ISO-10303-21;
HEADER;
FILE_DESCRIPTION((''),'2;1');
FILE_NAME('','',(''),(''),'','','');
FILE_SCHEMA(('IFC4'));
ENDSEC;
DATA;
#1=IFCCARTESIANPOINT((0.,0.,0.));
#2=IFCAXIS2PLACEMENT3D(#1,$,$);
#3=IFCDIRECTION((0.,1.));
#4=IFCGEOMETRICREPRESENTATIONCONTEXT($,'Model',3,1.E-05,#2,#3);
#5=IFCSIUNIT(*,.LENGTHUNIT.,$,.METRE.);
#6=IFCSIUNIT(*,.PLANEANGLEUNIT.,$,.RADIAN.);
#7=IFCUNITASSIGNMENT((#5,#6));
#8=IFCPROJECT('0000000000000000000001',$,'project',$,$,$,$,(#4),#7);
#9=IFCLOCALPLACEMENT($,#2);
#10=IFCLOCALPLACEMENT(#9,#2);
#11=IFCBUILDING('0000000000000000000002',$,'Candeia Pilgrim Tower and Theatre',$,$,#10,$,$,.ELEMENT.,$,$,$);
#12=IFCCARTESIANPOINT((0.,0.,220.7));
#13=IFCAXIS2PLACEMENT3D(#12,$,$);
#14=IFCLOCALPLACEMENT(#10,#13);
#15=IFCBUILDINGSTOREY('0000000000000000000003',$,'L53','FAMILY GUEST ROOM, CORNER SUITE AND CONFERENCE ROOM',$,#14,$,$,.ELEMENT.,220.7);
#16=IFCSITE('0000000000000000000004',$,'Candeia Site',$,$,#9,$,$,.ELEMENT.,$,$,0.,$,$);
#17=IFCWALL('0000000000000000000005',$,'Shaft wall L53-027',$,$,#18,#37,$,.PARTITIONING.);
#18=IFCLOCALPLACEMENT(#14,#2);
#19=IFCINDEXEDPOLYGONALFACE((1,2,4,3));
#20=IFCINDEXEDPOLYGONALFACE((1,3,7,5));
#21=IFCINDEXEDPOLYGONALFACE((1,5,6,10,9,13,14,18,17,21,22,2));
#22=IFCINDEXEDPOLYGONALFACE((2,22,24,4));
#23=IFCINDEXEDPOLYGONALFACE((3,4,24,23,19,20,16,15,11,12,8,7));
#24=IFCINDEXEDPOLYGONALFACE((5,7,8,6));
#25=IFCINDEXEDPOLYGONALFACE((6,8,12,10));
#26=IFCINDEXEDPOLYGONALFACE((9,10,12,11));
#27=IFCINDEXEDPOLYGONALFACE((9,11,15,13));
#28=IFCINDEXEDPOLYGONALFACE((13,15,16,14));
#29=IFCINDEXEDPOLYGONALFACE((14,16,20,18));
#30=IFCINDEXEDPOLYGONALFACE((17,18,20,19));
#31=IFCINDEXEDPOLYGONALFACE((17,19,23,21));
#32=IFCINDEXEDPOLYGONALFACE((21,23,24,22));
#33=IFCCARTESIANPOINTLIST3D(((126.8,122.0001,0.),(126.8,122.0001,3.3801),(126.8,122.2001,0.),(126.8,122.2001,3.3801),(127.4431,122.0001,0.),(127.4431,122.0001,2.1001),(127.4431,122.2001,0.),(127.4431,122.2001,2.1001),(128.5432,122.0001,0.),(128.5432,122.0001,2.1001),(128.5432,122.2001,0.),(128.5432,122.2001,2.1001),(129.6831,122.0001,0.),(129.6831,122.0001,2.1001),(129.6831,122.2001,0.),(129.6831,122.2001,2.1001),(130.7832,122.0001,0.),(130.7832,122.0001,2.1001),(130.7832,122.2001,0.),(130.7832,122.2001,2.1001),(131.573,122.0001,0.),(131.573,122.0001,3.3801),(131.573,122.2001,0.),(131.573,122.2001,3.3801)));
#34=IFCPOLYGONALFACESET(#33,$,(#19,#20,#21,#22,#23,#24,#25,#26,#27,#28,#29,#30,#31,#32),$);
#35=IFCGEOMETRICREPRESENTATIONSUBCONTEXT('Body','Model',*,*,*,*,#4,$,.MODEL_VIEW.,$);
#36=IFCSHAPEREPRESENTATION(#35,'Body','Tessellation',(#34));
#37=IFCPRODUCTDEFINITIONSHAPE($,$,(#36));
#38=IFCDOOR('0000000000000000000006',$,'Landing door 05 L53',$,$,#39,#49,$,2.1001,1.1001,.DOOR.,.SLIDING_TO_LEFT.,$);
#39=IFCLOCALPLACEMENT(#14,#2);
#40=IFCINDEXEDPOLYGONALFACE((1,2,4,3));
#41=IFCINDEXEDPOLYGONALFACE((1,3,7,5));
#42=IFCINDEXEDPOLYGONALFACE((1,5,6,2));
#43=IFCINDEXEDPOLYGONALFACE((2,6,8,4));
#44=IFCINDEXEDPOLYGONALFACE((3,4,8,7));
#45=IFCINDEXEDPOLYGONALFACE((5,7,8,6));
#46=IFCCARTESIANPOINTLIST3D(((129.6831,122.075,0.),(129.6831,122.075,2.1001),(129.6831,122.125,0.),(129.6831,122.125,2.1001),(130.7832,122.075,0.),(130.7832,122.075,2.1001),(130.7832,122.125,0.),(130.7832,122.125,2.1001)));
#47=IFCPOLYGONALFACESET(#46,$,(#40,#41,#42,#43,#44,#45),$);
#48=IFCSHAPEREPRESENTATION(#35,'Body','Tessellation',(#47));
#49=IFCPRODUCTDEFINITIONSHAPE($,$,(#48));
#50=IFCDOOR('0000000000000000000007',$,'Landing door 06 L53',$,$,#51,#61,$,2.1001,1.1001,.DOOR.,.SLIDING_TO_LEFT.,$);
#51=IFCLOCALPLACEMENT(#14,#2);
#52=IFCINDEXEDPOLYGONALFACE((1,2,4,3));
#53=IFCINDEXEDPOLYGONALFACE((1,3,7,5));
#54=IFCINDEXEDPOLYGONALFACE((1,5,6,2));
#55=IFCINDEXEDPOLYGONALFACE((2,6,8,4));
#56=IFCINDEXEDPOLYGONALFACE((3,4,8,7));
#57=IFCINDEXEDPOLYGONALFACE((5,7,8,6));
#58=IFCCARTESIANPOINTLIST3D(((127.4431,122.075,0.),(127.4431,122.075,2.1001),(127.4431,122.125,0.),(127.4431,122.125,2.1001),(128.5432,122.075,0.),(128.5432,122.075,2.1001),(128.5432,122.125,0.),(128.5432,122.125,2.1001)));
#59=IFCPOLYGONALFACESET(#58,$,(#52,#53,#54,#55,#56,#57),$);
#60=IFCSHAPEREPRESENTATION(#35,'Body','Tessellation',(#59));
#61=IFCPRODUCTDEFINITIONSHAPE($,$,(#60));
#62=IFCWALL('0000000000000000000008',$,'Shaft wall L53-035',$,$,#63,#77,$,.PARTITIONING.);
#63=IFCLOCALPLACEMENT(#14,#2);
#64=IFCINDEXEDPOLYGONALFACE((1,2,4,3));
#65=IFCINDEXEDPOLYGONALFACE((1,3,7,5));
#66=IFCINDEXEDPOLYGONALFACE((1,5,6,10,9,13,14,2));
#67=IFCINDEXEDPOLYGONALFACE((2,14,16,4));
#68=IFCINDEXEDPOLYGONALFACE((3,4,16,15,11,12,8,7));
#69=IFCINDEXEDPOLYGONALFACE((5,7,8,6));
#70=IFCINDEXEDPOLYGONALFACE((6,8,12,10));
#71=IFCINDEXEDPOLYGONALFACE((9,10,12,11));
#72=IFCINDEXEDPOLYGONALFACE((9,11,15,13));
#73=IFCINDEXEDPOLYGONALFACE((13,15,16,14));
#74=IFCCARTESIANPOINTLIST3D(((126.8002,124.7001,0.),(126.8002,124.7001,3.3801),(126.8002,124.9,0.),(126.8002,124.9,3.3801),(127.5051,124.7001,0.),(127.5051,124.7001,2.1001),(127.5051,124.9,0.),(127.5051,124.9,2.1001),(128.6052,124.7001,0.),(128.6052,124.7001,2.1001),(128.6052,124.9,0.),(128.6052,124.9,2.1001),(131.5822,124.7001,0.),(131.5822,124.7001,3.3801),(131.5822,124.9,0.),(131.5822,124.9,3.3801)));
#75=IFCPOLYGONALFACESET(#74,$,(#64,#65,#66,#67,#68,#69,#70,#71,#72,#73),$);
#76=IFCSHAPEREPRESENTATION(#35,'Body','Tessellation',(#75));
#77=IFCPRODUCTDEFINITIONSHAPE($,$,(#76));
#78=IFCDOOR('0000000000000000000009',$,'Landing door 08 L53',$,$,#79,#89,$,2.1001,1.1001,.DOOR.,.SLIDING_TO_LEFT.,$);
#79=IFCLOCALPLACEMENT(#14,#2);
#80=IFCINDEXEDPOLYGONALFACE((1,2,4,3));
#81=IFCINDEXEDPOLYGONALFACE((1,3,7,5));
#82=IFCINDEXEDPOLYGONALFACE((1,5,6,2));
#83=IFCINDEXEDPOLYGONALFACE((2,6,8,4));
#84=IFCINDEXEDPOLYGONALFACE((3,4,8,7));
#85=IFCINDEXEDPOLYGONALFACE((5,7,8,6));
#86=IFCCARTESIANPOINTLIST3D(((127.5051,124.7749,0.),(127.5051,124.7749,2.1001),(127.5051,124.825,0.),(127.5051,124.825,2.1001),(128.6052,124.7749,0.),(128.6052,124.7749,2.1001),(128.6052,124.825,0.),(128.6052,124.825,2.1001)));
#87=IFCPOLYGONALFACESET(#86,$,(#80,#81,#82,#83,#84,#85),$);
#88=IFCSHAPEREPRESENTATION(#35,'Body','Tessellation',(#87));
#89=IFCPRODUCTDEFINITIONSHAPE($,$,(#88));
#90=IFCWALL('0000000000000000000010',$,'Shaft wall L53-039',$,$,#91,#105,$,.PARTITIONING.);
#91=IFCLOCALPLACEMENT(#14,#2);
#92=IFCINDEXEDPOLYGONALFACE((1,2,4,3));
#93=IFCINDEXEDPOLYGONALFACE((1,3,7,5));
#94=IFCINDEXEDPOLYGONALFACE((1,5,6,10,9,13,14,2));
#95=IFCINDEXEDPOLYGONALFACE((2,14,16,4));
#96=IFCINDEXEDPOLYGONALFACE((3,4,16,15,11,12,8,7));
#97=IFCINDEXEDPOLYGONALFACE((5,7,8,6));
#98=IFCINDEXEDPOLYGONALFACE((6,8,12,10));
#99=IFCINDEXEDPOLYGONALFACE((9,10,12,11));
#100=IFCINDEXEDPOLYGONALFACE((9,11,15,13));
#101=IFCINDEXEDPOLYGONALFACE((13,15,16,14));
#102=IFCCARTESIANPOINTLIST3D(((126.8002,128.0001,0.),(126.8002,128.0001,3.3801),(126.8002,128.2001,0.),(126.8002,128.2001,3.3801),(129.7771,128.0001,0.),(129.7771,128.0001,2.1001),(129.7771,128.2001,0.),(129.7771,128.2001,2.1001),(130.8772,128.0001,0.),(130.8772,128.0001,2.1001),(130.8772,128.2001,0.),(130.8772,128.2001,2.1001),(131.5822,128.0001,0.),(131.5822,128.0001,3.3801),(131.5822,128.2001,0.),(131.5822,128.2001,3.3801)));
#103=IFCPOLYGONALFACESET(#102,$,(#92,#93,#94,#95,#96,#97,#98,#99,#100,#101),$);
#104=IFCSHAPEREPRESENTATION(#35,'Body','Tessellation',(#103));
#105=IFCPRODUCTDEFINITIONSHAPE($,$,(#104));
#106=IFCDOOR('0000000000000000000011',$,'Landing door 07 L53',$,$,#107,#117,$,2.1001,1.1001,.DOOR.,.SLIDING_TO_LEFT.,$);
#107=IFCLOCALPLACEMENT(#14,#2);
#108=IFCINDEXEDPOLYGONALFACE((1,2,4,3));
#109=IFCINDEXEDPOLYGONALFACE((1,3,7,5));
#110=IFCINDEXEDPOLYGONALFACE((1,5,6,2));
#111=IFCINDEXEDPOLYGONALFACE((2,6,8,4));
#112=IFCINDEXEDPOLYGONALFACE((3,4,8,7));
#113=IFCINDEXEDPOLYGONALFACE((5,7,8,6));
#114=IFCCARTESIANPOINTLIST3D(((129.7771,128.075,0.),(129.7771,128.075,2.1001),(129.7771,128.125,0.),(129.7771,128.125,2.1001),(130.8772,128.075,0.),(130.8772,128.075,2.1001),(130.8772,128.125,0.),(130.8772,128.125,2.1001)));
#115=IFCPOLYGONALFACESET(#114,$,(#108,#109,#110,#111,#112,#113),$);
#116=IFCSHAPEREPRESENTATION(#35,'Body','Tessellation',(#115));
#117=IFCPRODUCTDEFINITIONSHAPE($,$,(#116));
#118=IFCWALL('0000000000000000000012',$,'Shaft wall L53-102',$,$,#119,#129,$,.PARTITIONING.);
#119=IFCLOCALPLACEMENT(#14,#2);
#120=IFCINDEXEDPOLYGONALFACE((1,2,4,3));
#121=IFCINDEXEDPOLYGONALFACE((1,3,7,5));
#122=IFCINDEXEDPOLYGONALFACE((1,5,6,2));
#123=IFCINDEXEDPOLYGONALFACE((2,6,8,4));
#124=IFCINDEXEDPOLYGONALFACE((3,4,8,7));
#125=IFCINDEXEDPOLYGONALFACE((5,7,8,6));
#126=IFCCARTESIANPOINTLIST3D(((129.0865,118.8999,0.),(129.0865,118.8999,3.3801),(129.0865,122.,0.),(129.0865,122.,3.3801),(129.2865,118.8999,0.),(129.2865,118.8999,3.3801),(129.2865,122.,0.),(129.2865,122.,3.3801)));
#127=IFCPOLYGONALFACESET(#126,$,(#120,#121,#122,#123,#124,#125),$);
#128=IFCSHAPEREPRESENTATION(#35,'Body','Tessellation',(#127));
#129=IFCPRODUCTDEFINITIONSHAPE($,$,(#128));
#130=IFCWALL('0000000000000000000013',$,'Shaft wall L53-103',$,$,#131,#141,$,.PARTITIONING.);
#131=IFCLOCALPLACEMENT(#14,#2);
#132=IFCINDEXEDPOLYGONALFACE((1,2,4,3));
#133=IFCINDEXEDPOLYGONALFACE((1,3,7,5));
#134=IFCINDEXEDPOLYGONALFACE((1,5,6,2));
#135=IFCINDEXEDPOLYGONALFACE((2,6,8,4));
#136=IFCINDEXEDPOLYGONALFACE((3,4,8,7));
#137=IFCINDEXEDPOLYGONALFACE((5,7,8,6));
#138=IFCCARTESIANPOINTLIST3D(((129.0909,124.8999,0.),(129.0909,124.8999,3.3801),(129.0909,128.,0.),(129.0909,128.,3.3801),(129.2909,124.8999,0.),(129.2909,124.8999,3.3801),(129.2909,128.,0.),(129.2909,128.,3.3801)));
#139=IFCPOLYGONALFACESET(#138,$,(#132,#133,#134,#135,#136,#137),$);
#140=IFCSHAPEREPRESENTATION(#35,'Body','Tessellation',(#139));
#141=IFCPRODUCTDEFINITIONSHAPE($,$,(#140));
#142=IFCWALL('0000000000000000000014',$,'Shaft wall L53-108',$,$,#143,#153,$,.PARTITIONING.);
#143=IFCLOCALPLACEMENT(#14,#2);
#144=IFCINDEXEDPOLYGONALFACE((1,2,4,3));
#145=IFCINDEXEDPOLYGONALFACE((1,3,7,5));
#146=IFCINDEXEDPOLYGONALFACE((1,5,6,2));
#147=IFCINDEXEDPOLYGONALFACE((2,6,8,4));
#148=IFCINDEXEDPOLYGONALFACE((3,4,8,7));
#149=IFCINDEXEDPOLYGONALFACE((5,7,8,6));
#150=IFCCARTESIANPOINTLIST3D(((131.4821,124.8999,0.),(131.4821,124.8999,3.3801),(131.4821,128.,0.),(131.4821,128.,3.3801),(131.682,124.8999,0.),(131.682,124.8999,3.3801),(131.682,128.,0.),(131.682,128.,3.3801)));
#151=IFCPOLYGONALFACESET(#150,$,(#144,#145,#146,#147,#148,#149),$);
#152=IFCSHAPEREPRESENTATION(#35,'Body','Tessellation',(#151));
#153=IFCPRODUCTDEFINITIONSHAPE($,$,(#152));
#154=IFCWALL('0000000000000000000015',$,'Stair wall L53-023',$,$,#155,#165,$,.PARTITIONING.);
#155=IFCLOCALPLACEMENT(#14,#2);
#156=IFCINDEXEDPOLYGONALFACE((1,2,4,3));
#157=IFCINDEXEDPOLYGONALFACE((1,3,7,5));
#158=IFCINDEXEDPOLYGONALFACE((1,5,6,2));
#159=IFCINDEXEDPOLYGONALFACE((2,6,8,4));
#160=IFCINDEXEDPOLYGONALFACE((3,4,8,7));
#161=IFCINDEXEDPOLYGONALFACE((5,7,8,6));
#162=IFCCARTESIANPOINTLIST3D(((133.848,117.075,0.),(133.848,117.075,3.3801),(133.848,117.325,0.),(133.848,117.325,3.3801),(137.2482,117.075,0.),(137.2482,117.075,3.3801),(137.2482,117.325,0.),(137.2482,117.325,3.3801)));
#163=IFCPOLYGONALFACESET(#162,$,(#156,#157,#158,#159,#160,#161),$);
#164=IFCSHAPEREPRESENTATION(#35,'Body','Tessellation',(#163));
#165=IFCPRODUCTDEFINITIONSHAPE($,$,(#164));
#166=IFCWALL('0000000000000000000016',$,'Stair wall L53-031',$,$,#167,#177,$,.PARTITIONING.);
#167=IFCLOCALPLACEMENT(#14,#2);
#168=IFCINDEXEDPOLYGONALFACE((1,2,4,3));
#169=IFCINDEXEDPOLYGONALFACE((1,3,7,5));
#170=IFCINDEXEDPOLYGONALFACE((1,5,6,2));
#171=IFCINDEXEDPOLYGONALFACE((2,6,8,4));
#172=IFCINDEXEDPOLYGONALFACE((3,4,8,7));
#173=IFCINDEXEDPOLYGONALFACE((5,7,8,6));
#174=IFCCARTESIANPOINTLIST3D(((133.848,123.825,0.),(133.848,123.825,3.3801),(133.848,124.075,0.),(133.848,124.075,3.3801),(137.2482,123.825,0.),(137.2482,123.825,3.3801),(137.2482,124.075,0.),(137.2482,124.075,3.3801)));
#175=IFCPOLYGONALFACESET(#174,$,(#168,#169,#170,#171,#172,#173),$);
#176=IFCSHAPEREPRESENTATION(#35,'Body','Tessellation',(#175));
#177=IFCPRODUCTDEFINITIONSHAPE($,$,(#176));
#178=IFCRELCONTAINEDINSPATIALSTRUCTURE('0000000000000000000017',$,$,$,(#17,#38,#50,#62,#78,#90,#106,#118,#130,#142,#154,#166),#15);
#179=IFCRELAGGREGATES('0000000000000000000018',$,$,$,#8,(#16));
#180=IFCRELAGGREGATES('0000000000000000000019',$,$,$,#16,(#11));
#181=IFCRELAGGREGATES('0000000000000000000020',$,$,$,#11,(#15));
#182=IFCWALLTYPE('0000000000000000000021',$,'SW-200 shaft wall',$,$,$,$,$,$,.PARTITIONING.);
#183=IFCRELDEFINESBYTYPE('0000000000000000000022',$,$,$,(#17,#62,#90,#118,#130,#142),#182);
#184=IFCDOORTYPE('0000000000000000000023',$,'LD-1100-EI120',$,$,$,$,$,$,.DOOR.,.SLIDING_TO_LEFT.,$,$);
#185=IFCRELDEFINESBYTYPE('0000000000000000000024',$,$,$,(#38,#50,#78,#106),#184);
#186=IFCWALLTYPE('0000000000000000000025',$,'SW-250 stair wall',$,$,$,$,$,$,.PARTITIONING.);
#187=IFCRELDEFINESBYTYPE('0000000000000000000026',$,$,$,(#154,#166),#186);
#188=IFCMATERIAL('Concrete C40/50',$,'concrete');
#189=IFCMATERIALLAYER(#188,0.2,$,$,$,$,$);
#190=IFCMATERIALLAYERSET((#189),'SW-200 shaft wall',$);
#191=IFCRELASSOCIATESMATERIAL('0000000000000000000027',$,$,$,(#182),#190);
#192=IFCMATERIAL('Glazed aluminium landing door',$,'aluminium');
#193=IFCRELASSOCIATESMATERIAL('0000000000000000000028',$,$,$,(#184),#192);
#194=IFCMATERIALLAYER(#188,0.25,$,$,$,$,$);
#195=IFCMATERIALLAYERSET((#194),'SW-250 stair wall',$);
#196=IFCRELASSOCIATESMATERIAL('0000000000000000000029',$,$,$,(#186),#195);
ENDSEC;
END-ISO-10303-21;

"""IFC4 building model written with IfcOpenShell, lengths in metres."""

from ifc_helpers import new_model, si_unit, direction, frame, frame_2d, origin, place, context, subcontext, project, spatial, rectangle, extrude, material, layer, layer_set, type_object, element, fill, save


model = new_model("IFC4")

# Units and contexts
model_context = context("Model", 3, precision=1e-05, world=origin(), true_north=direction((0.0, 1.0)))
body_context = subcontext(model_context, "Body", "Model", "MODEL_VIEW")
ifc_project = project(units=[si_unit("LENGTHUNIT", "METRE"), si_unit("PLANEANGLEUNIT", "RADIAN")], contexts=[model_context])

# Site, building, storey
site_placement = place(None, origin())
site = spatial("IfcSite", under=ifc_project, at=site_placement, Name="Candeia Site", CompositionType="ELEMENT", RefElevation=0.0)
building_placement = place(site_placement, origin())
building = spatial("IfcBuilding", under=site, at=building_placement, Name="Candeia Pilgrim Tower and Theatre", CompositionType="ELEMENT")
storey_placement = place(building_placement, frame((0.0, 0.0, 220.7)))
storey = spatial("IfcBuildingStorey", under=building, at=storey_placement, Name="L53", Description="FAMILY GUEST ROOM, CORNER SUITE AND CONFERENCE ROOM", CompositionType="ELEMENT", Elevation=220.7)

# Shared definitions
ifc_material_1 = material(Name="Concrete C40/50", Category="concrete")
ifc_layer_1 = layer(ifc_material_1, 0.2)
ifc_layer_set_1 = layer_set([ifc_layer_1], Name="SW-200 shaft wall")
wall_type_1 = type_object("IfcWallType", Name="SW-200 shaft wall", PredefinedType="PARTITIONING", material=ifc_layer_set_1)

# Wall, openings, doors
wall_1_placement = place(storey_placement, frame((126.8, 122.1001, 0.0), z_axis=(0.0, 0.0, 1.0), x_axis=(1.0, 0.0, 0.0)))
wall_1 = element("IfcWall", 1, at=wall_1_placement, inside=storey, type_object=wall_type_1, Name="Shaft wall L53-027", PredefinedType="PARTITIONING", context=body_context, shape_type="SweptSolid", body=[
    extrude(rectangle(XDim=4.7729, YDim=0.2, at=frame_2d((2.3865, 0.0))), origin(), (0.0, 0.0, 1.0), 3.3801),
])
opening_1_placement = place(wall_1_placement, frame((2.8831, 0.0, 0.0)))
opening_1 = element("IfcOpeningElement", 2, at=opening_1_placement, cuts=wall_1, PredefinedType="OPENING", context=body_context, shape_type="SweptSolid", body=[
    extrude(rectangle(XDim=1.1001, YDim=2.1001, at=frame_2d((0.55, 1.05))), frame((0.0, 0.1099, 0.0), z_axis=(0.0, -1.0, 0.0), x_axis=(1.0, 0.0, 0.0)), (0.0, 0.0, 1.0), 0.22),
])
opening_2_placement = place(wall_1_placement, frame((0.6431, 0.0, 0.0)))
opening_2 = element("IfcOpeningElement", 3, at=opening_2_placement, cuts=wall_1, PredefinedType="OPENING", context=body_context, shape_type="SweptSolid", body=[
    extrude(rectangle(XDim=1.1001, YDim=2.1001, at=frame_2d((0.55, 1.05))), frame((0.0, 0.1099, 0.0), z_axis=(0.0, -1.0, 0.0), x_axis=(1.0, 0.0, 0.0)), (0.0, 0.0, 1.0), 0.22),
])
ifc_material_2 = material(Name="Glazed aluminium landing door", Category="aluminium")
door_type_1 = type_object("IfcDoorType", Name="LD-1100-EI120", OperationType="SLIDING_TO_LEFT", PredefinedType="DOOR", material=ifc_material_2)
door_1_placement = place(opening_1_placement, origin())
door_1 = element("IfcDoor", 4, at=door_1_placement, inside=storey, type_object=door_type_1, Name="Landing door 05 L53", OperationType="SLIDING_TO_LEFT", OverallHeight=2.1001, OverallWidth=1.1001, PredefinedType="DOOR", context=body_context, shape_type="SweptSolid", body=[
    extrude(rectangle(XDim=1.1001, YDim=2.1001, at=frame_2d((0.55, 1.05))), frame((0.0, 0.0249, 0.0), z_axis=(0.0, -1.0, 0.0), x_axis=(1.0, 0.0, 0.0)), (0.0, 0.0, 1.0), 0.05),
])
fill(opening_1, door_1)
door_2_placement = place(opening_2_placement, origin())
door_2 = element("IfcDoor", 5, at=door_2_placement, inside=storey, type_object=door_type_1, Name="Landing door 06 L53", OperationType="SLIDING_TO_LEFT", OverallHeight=2.1001, OverallWidth=1.1001, PredefinedType="DOOR", context=body_context, shape_type="SweptSolid", body=[
    extrude(rectangle(XDim=1.1001, YDim=2.1001, at=frame_2d((0.55, 1.05))), frame((0.0, 0.0249, 0.0), z_axis=(0.0, -1.0, 0.0), x_axis=(1.0, 0.0, 0.0)), (0.0, 0.0, 1.0), 0.05),
])
fill(opening_2, door_2)

# Walls, openings, doors
wall_2_placement = place(storey_placement, frame((126.8, 124.8, 0.0), z_axis=(0.0, 0.0, 1.0), x_axis=(1.0, 0.0, 0.0)))
wall_2 = element("IfcWall", 6, at=wall_2_placement, inside=storey, type_object=wall_type_1, Name="Shaft wall L53-035", PredefinedType="PARTITIONING", context=body_context, shape_type="SweptSolid", body=[
    extrude(rectangle(XDim=4.782, YDim=0.2, at=frame_2d((2.3911, 0.0))), origin(), (0.0, 0.0, 1.0), 3.3801),
])
opening_3_placement = place(wall_2_placement, frame((0.7051, 0.0, 0.0)))
opening_3 = element("IfcOpeningElement", 7, at=opening_3_placement, cuts=wall_2, PredefinedType="OPENING", context=body_context, shape_type="SweptSolid", body=[
    extrude(rectangle(XDim=1.1001, YDim=2.1001, at=frame_2d((0.55, 1.05))), frame((0.0, 0.1099, 0.0), z_axis=(0.0, -1.0, 0.0), x_axis=(1.0, 0.0, 0.0)), (0.0, 0.0, 1.0), 0.22),
])
door_3_placement = place(opening_3_placement, origin())
door_3 = element("IfcDoor", 8, at=door_3_placement, inside=storey, type_object=door_type_1, Name="Landing door 08 L53", OperationType="SLIDING_TO_LEFT", OverallHeight=2.1001, OverallWidth=1.1001, PredefinedType="DOOR", context=body_context, shape_type="SweptSolid", body=[
    extrude(rectangle(XDim=1.1001, YDim=2.1001, at=frame_2d((0.55, 1.05))), frame((0.0, 0.0249, 0.0), z_axis=(0.0, -1.0, 0.0), x_axis=(1.0, 0.0, 0.0)), (0.0, 0.0, 1.0), 0.05),
])
fill(opening_3, door_3)
wall_3_placement = place(storey_placement, frame((126.8, 128.1001, 0.0), z_axis=(0.0, 0.0, 1.0), x_axis=(1.0, 0.0, 0.0)))
wall_3 = element("IfcWall", 9, at=wall_3_placement, inside=storey, type_object=wall_type_1, Name="Shaft wall L53-039", PredefinedType="PARTITIONING", context=body_context, shape_type="SweptSolid", body=[
    extrude(rectangle(XDim=4.782, YDim=0.2, at=frame_2d((2.3911, 0.0))), origin(), (0.0, 0.0, 1.0), 3.3801),
])
opening_4_placement = place(wall_3_placement, frame((2.9771, 0.0, 0.0)))
opening_4 = element("IfcOpeningElement", 10, at=opening_4_placement, cuts=wall_3, PredefinedType="OPENING", context=body_context, shape_type="SweptSolid", body=[
    extrude(rectangle(XDim=1.1001, YDim=2.1001, at=frame_2d((0.55, 1.05))), frame((0.0, 0.1099, 0.0), z_axis=(0.0, -1.0, 0.0), x_axis=(1.0, 0.0, 0.0)), (0.0, 0.0, 1.0), 0.22),
])
door_4_placement = place(opening_4_placement, origin())
door_4 = element("IfcDoor", 11, at=door_4_placement, inside=storey, type_object=door_type_1, Name="Landing door 07 L53", OperationType="SLIDING_TO_LEFT", OverallHeight=2.1001, OverallWidth=1.1001, PredefinedType="DOOR", context=body_context, shape_type="SweptSolid", body=[
    extrude(rectangle(XDim=1.1001, YDim=2.1001, at=frame_2d((0.55, 1.05))), frame((0.0, 0.0249, 0.0), z_axis=(0.0, -1.0, 0.0), x_axis=(1.0, 0.0, 0.0)), (0.0, 0.0, 1.0), 0.05),
])
fill(opening_4, door_4)

# Walls
for number, where, z_axis, x_axis, name in (
    (12, (129.1865, 118.8999, 0.0), (0.0, 0.0, 1.0), (0.0, 1.0, 0.0), "Shaft wall L53-102"),
    (13, (129.1909, 124.8999, 0.0), (0.0, 0.0, 1.0), (0.0, 1.0, 0.0), "Shaft wall L53-103"),
    (14, (131.582, 124.8999, 0.0), (0.0, 0.0, 1.0), (0.0, 1.0, 0.0), "Shaft wall L53-108"),
):
    element("IfcWall", number, at=place(storey_placement, frame(where, z_axis=z_axis, x_axis=x_axis)), inside=storey, type_object=wall_type_1, Name=name, PredefinedType="PARTITIONING", context=body_context, shape_type="SweptSolid", body=[
        extrude(rectangle(XDim=3.1001, YDim=0.2, at=frame_2d((1.55, 0.0))), origin(), (0.0, 0.0, 1.0), 3.3801),
    ])
ifc_layer_2 = layer(ifc_material_1, 0.25)
ifc_layer_set_2 = layer_set([ifc_layer_2], Name="SW-250 stair wall")
wall_type_2 = type_object("IfcWallType", Name="SW-250 stair wall", PredefinedType="PARTITIONING", material=ifc_layer_set_2)
for number, where, z_axis, x_axis, name in (
    (15, (133.8479, 117.2, 0.0), (0.0, 0.0, 1.0), (1.0, 0.0, 0.0), "Stair wall L53-023"),
    (16, (133.8479, 123.95, 0.0), (0.0, 0.0, 1.0), (1.0, 0.0, 0.0), "Stair wall L53-031"),
):
    element("IfcWall", number, at=place(storey_placement, frame(where, z_axis=z_axis, x_axis=x_axis)), inside=storey, type_object=wall_type_2, Name=name, PredefinedType="PARTITIONING", context=body_context, shape_type="SweptSolid", body=[
        extrude(rectangle(XDim=3.4001, YDim=0.25, at=frame_2d((1.7002, 0.0))), origin(), (0.0, 0.0, 1.0), 3.3801),
    ])

save(model, "model.ifc")
